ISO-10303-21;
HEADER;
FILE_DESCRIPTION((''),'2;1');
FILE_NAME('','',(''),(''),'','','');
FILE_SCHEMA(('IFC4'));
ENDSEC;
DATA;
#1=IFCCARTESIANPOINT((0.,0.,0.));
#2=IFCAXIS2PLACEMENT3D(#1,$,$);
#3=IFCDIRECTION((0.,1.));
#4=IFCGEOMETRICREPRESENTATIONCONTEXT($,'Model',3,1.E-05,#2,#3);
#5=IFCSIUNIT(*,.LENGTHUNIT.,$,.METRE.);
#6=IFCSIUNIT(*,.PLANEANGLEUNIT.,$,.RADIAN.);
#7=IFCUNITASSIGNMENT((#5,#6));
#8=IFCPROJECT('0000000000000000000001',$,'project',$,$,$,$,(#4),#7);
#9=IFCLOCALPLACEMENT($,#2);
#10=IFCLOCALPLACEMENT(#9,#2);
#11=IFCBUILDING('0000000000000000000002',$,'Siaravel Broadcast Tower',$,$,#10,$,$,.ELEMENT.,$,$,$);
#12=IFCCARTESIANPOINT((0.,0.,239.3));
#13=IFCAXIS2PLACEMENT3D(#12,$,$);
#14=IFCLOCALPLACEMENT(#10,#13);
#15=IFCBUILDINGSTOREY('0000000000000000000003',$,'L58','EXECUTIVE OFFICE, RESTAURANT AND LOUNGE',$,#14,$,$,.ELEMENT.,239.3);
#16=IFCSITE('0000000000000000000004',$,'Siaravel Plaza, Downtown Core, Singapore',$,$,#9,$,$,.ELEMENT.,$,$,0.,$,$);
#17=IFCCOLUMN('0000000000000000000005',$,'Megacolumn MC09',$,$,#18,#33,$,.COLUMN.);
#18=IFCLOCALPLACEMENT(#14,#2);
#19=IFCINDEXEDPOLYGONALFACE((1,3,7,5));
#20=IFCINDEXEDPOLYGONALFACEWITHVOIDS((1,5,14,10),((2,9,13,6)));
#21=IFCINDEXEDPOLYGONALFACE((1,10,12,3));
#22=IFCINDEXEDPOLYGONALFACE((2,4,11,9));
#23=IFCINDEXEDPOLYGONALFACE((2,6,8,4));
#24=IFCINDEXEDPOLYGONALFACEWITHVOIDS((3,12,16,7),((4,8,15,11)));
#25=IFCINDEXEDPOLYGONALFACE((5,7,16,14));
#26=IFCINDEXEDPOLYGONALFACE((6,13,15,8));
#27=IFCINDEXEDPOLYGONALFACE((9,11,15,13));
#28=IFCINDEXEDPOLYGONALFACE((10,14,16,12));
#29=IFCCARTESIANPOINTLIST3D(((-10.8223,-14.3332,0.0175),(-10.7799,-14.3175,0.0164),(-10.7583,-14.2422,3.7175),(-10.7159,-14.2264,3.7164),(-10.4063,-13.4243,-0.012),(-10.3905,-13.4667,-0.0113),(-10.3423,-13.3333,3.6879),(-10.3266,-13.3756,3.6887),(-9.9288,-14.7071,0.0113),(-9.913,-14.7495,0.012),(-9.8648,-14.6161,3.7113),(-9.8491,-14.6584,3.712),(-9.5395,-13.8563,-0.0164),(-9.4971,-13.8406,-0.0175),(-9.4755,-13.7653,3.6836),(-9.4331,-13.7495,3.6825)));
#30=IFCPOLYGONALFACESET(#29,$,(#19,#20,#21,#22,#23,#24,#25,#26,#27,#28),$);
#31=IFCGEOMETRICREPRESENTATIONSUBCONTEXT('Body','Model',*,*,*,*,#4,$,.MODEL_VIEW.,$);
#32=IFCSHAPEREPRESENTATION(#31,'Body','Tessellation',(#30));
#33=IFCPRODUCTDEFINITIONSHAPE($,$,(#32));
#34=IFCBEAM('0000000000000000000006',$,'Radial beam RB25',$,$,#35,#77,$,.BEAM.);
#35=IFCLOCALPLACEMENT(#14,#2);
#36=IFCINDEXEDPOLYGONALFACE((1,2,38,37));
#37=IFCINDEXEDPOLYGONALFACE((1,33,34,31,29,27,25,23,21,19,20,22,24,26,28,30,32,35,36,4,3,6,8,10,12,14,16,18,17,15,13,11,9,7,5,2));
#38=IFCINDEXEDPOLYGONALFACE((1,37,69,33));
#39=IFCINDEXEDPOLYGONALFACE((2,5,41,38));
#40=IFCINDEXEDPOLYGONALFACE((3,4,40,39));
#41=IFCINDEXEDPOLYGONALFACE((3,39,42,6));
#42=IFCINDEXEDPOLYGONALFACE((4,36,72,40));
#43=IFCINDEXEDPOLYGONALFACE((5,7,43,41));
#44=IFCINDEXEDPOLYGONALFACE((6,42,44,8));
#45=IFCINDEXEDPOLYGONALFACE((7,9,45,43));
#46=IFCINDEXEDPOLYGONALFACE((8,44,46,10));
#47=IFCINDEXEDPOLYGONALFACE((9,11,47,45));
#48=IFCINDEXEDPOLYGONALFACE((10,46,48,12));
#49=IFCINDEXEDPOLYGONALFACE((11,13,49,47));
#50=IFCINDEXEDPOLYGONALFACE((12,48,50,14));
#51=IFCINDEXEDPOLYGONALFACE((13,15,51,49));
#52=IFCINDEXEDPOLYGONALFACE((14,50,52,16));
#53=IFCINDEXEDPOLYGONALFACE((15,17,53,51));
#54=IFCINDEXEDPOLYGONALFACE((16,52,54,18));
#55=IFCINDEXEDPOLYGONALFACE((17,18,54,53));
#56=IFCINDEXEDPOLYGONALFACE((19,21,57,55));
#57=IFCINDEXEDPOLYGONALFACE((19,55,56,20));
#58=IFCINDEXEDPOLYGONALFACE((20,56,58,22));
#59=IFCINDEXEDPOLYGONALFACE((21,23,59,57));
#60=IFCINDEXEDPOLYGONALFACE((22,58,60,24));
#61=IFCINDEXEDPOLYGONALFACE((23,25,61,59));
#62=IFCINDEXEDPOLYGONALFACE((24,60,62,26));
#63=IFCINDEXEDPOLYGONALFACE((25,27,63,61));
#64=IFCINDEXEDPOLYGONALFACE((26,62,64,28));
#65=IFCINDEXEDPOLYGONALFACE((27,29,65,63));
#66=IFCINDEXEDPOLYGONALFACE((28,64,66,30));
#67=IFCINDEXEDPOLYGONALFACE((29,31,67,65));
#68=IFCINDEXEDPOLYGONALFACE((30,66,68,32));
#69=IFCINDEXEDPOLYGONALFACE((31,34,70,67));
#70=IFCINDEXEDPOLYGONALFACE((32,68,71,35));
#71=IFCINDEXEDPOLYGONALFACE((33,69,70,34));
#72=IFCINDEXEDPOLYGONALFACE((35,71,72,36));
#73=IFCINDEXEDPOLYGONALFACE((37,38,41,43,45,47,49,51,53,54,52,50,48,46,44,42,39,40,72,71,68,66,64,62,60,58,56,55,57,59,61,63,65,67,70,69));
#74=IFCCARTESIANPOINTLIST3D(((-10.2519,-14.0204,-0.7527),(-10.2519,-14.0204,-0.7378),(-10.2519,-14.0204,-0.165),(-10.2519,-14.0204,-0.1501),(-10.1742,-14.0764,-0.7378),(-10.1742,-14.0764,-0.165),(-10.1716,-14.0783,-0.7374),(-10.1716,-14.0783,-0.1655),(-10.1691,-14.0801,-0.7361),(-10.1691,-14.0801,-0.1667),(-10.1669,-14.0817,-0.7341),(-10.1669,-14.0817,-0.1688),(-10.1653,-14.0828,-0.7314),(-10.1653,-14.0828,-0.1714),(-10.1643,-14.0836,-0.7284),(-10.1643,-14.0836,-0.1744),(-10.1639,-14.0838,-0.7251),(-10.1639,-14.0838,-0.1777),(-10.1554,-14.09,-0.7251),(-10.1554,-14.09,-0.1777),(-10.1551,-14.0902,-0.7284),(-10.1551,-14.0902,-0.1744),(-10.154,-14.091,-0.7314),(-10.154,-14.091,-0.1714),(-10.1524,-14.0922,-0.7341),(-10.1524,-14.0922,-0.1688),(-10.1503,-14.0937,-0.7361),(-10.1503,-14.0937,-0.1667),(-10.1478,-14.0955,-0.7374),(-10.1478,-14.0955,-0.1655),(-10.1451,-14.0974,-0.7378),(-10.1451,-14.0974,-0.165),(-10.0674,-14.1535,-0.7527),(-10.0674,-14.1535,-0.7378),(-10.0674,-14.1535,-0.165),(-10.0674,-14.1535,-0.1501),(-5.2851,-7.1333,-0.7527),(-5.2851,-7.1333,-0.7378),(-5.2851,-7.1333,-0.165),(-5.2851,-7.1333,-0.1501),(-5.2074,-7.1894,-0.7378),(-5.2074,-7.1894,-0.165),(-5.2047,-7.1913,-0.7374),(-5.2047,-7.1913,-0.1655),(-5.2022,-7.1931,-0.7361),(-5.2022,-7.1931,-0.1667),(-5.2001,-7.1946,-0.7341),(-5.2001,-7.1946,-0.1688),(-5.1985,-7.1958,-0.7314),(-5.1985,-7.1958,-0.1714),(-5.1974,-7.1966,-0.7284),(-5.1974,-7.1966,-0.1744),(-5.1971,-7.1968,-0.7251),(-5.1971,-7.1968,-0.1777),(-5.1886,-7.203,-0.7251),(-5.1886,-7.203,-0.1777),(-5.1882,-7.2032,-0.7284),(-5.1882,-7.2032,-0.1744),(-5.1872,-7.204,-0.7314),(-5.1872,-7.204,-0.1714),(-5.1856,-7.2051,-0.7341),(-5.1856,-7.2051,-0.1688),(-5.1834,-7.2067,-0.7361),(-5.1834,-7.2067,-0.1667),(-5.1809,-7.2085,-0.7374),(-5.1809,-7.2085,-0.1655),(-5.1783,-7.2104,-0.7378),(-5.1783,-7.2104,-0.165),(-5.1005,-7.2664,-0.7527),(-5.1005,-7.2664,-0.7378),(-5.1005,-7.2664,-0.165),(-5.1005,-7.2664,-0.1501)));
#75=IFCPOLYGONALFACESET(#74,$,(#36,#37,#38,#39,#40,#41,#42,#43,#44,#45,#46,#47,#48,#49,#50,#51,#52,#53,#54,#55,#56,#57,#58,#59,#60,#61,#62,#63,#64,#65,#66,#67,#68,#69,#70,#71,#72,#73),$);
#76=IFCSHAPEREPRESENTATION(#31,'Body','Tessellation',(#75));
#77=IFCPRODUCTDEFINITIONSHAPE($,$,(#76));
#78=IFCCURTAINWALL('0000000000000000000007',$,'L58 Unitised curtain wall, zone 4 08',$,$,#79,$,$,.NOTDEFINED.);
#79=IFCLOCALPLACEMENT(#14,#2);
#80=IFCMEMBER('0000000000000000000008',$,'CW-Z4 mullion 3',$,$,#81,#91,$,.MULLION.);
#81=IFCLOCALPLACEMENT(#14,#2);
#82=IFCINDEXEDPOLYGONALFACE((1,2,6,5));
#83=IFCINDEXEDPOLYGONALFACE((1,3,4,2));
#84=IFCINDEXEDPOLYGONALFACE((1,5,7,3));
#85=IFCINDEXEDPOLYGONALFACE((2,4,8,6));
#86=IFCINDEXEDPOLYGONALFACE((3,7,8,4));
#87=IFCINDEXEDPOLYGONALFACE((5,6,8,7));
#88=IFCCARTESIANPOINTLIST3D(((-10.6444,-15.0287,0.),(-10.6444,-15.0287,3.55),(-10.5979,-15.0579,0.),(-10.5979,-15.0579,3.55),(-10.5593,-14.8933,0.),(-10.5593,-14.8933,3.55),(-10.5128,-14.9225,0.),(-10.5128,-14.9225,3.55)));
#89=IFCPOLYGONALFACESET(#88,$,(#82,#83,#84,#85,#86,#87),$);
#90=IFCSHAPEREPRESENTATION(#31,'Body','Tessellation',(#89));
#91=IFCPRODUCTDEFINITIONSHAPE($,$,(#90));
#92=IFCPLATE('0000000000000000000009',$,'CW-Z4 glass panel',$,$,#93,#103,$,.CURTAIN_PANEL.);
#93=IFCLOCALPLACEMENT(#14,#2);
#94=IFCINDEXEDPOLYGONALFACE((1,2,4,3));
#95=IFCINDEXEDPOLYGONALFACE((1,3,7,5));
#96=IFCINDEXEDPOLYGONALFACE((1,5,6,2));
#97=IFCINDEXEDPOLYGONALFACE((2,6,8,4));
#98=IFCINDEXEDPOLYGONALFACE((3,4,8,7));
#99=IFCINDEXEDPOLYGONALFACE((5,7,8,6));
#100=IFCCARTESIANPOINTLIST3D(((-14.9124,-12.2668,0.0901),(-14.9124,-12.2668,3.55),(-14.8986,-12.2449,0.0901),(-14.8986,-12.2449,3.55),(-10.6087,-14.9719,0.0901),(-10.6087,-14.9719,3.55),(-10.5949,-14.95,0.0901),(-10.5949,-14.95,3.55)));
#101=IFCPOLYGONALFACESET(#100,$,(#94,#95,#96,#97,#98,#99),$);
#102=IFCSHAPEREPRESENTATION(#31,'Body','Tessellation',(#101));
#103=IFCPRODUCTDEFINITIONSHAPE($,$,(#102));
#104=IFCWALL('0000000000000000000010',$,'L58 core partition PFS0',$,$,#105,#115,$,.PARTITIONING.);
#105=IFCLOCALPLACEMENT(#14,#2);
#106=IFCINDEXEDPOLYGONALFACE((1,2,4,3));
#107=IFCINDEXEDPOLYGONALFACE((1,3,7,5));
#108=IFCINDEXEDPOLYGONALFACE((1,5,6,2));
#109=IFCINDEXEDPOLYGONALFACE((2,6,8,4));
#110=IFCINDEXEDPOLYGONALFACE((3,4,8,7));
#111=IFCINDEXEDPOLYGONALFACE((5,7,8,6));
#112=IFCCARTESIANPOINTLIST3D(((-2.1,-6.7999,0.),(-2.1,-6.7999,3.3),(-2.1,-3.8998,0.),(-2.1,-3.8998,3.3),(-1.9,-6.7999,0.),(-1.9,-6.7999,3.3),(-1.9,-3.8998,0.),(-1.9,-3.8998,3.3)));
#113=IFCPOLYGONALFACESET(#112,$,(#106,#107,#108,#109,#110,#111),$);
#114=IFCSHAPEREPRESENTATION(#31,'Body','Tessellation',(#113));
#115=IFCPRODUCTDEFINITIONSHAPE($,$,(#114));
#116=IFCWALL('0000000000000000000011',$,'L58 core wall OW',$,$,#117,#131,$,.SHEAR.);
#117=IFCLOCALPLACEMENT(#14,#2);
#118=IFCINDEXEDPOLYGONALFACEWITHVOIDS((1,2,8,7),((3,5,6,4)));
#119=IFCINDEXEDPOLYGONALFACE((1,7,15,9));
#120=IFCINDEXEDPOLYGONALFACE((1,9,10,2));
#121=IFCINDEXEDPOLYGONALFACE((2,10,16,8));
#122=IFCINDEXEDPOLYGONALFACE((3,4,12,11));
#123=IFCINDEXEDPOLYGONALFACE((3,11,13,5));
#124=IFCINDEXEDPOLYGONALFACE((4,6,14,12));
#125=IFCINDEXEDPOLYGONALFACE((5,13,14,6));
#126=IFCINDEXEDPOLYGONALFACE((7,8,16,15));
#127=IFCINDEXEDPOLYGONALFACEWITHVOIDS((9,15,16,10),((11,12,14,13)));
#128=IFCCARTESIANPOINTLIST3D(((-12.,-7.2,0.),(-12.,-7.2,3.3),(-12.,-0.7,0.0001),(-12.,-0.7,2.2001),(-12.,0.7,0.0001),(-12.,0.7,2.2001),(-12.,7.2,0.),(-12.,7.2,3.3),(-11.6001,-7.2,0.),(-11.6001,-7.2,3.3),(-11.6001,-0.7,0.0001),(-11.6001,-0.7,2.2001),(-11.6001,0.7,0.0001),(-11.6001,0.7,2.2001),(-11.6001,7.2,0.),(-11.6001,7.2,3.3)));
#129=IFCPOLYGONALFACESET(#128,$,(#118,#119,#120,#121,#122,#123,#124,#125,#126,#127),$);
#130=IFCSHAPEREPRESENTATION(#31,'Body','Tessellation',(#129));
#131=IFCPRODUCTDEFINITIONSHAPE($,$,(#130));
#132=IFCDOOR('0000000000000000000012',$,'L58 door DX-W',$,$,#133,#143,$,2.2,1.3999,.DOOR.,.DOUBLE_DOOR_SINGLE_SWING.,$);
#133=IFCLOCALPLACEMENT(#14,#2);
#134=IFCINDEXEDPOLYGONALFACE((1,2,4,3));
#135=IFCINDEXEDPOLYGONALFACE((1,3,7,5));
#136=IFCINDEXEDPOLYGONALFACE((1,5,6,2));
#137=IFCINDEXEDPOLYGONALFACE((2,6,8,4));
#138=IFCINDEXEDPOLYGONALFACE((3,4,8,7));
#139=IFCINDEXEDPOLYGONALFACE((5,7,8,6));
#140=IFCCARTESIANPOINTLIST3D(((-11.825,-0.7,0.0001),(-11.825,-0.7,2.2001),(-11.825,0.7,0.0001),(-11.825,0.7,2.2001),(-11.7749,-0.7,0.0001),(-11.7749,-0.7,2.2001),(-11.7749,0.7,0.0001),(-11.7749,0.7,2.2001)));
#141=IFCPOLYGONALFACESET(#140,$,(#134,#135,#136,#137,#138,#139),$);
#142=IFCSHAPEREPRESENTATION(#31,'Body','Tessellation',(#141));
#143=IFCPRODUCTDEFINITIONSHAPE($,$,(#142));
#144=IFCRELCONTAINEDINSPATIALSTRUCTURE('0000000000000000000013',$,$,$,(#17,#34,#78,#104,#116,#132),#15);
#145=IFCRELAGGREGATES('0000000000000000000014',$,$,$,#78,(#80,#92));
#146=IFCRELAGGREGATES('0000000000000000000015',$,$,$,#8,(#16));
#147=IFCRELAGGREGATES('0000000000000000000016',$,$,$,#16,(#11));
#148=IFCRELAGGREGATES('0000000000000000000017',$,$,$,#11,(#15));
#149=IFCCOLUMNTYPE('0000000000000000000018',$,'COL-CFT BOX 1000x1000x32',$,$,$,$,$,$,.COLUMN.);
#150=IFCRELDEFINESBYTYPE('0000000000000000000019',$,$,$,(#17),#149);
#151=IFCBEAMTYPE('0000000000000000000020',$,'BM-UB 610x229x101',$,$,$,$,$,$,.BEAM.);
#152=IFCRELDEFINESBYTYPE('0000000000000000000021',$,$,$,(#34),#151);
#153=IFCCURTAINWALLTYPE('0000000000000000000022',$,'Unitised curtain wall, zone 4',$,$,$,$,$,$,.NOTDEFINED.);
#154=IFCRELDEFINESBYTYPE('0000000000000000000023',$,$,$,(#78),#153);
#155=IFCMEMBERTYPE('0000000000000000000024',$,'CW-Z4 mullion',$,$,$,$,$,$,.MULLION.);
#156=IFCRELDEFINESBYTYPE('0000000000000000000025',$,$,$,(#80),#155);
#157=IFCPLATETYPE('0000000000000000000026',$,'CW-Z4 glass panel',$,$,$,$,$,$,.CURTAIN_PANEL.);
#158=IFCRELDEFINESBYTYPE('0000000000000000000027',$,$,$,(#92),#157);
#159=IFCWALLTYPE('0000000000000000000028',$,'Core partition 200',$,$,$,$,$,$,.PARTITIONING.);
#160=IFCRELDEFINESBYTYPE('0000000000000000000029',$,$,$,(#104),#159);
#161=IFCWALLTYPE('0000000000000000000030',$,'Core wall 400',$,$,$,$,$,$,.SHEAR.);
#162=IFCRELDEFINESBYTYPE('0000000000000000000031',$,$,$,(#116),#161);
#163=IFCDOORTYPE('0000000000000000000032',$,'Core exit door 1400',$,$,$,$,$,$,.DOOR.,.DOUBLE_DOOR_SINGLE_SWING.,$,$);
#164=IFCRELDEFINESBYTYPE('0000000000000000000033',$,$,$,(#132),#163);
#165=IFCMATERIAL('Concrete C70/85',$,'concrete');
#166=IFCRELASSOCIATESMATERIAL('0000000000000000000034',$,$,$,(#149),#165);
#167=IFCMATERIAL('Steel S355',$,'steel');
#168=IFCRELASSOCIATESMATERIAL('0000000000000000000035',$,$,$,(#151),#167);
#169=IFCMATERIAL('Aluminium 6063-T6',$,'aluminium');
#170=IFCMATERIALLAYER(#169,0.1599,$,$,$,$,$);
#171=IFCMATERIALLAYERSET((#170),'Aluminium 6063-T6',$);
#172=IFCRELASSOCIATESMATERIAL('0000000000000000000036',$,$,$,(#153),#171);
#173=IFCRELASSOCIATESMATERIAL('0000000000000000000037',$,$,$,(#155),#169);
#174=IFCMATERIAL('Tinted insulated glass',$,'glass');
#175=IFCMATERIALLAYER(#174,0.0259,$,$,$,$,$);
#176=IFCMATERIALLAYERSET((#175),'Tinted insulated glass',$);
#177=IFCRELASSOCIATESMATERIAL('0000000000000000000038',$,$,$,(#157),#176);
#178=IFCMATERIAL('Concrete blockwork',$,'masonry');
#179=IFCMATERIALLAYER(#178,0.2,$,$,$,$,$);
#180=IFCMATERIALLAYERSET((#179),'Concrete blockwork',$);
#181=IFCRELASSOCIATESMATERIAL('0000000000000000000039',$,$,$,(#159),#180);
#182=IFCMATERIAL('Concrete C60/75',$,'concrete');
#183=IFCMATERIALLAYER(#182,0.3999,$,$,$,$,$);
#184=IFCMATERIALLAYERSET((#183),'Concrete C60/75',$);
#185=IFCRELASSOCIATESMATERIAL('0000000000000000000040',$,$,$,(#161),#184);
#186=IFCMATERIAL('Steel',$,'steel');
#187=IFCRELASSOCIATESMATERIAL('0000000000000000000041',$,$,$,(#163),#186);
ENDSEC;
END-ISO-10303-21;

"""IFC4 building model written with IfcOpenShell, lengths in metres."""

from ifc_helpers import new_model, si_unit, direction, frame, frame_2d, origin, origin_2d, place, context, subcontext, project, spatial, rectangle, hollow_rectangle, i_section, extrude, material, layer, layer_set, material_profile, profile_set, type_object, element, fill, aggregate, save


model = new_model("IFC4")

# Units and contexts
model_context = context("Model", 3, precision=1e-05, world=origin(), true_north=direction((0.0, 1.0)))
body_context = subcontext(model_context, "Body", "Model", "MODEL_VIEW")
ifc_project = project(units=[si_unit("LENGTHUNIT", "METRE"), si_unit("PLANEANGLEUNIT", "RADIAN")], contexts=[model_context])

# Site, building, storey
site_placement = place(None, origin())
site = spatial("IfcSite", under=ifc_project, at=site_placement, Name="Siaravel Plaza, Downtown Core, Singapore", CompositionType="ELEMENT", RefElevation=0.0)
building_placement = place(site_placement, origin())
building = spatial("IfcBuilding", under=site, at=building_placement, Name="Siaravel Broadcast Tower", CompositionType="ELEMENT")
storey_placement = place(building_placement, frame((0.0, 0.0, 239.3)))
storey = spatial("IfcBuildingStorey", under=building, at=storey_placement, Name="L58", Description="EXECUTIVE OFFICE, RESTAURANT AND LOUNGE", CompositionType="ELEMENT", Elevation=239.3)

# Column
ifc_material_1 = material(Name="Concrete C70/85", Category="concrete")
ifc_material_profile_1 = material_profile(ifc_material_1, hollow_rectangle(XDim=1.0, YDim=1.0, WallThickness=0.032, at=origin_2d()))
ifc_profile_set_1 = profile_set([ifc_material_profile_1], Name="Concrete C70/85")
column_type = type_object("IfcColumnType", Name="COL-CFT BOX 1000x1000x32", PredefinedType="COLUMN", material=ifc_profile_set_1)
column_placement = place(storey_placement, frame((-10.1597, -14.0869, 0.0), z_axis=(0.01728, 0.024601, 0.999548), x_axis=(-0.909227, 0.416264, 0.005474)))
element("IfcColumn", 1, at=column_placement, inside=storey, type_object=column_type, Name="Megacolumn MC09", PredefinedType="COLUMN", context=body_context, shape_type="SweptSolid", body=[
    extrude(hollow_rectangle(XDim=1.0, YDim=1.0, WallThickness=0.032, at=origin_2d()), origin(), (0.0, 0.0, 1.0), 3.7017),
])

# Beam
ifc_material_2 = material(Name="Steel S355", Category="steel")
ifc_material_profile_2 = material_profile(ifc_material_2, i_section(OverallWidth=0.2275, OverallDepth=0.6025, WebThickness=0.0105, FlangeThickness=0.0149, FilletRadius=0.0127, at=origin_2d()))
ifc_profile_set_2 = profile_set([ifc_material_profile_2], Name="Steel S355")
beam_type = type_object("IfcBeamType", Name="BM-UB 610x229x101", PredefinedType="BEAM", material=ifc_profile_set_2)
beam_placement = place(storey_placement, frame((-10.1597, -14.0869, -0.4514), z_axis=(0.584939, 0.811077, 0.0), x_axis=(-0.811077, 0.584939, 0.0)))
element("IfcBeam", 2, at=beam_placement, inside=storey, type_object=beam_type, Name="Radial beam RB25", PredefinedType="BEAM", context=body_context, shape_type="SweptSolid", body=[
    extrude(i_section(OverallWidth=0.2275, OverallDepth=0.6025, WebThickness=0.0105, FlangeThickness=0.0149, FilletRadius=0.0127, at=origin_2d()), origin(), (0.0, 0.0, 1.0), 8.4912),
])

# Curtain wall, member, plate
ifc_material_3 = material(Name="Aluminium 6063-T6", Category="aluminium")
ifc_layer_1 = layer(ifc_material_3, 0.1599)
ifc_layer_set_1 = layer_set([ifc_layer_1], Name="Aluminium 6063-T6")
curtain_wall_type = type_object("IfcCurtainWallType", Name="Unitised curtain wall, zone 4", PredefinedType="NOTDEFINED", material=ifc_layer_set_1)
curtain_wall_placement = place(storey_placement, origin())
curtain_wall = element("IfcCurtainWall", 3, at=curtain_wall_placement, inside=storey, type_object=curtain_wall_type, Name="L58 Unitised curtain wall, zone 4 08", PredefinedType="NOTDEFINED")
ifc_material_profile_3 = material_profile(ifc_material_3, rectangle(XDim=0.1599, YDim=0.0549, at=origin_2d()))
ifc_profile_set_3 = profile_set([ifc_material_profile_3], Name="Aluminium 6063-T6")
member_type = type_object("IfcMemberType", Name="CW-Z4 mullion", PredefinedType="MULLION", material=ifc_profile_set_3)
member_placement = place(storey_placement, frame((-10.5786, -14.9756, 0.0), z_axis=(0.0, 0.0, 1.0), x_axis=(0.53215, 0.84665, 0.0)))
member = element("IfcMember", 4, at=member_placement, type_object=member_type, Name="CW-Z4 mullion 3", PredefinedType="MULLION", context=body_context, shape_type="SweptSolid", body=[
    extrude(rectangle(XDim=0.1599, YDim=0.0549, at=origin_2d()), origin(), (0.0, 0.0, 1.0), 3.55),
])
ifc_material_4 = material(Name="Tinted insulated glass", Category="glass")
ifc_layer_2 = layer(ifc_material_4, 0.0259)
ifc_layer_set_2 = layer_set([ifc_layer_2], Name="Tinted insulated glass")
plate_type = type_object("IfcPlateType", Name="CW-Z4 glass panel", PredefinedType="CURTAIN_PANEL", material=ifc_layer_set_2)
plate_placement = place(storey_placement, frame((-12.7537, -13.6084, 0.0901), z_axis=(0.0, 0.0, 1.0), x_axis=(0.84665, -0.53215, 0.0)))
plate = element("IfcPlate", 5, at=plate_placement, type_object=plate_type, Name="CW-Z4 glass panel", PredefinedType="CURTAIN_PANEL", context=body_context, shape_type="SweptSolid", body=[
    extrude(rectangle(XDim=5.0833, YDim=0.0259, at=origin_2d()), origin(), (0.0, 0.0, 1.0), 3.46),
])
aggregate(curtain_wall, [member, plate])

# Wall
ifc_material_5 = material(Name="Concrete blockwork", Category="masonry")
ifc_layer_3 = layer(ifc_material_5, 0.2)
ifc_layer_set_3 = layer_set([ifc_layer_3], Name="Concrete blockwork")
wall_type_1 = type_object("IfcWallType", Name="Core partition 200", PredefinedType="PARTITIONING", material=ifc_layer_set_3)
wall_1_placement = place(storey_placement, frame((-2.0, -6.8, 0.0), z_axis=(0.0, 0.0, 1.0), x_axis=(0.0, 1.0, 0.0)))
element("IfcWall", 6, at=wall_1_placement, inside=storey, type_object=wall_type_1, Name="L58 core partition PFS0", PredefinedType="PARTITIONING", context=body_context, shape_type="SweptSolid", body=[
    extrude(rectangle(XDim=2.9001, YDim=0.2, at=frame_2d((1.4502, 0.0))), origin(), (0.0, 0.0, 1.0), 3.3),
])

# Wall, opening, door
ifc_material_6 = material(Name="Concrete C60/75", Category="concrete")
ifc_layer_4 = layer(ifc_material_6, 0.3999)
ifc_layer_set_4 = layer_set([ifc_layer_4], Name="Concrete C60/75")
wall_type_2 = type_object("IfcWallType", Name="Core wall 400", PredefinedType="SHEAR", material=ifc_layer_set_4)
wall_2_placement = place(storey_placement, frame((-11.8, -7.2, 0.0), z_axis=(0.0, 0.0, 1.0), x_axis=(0.0, 1.0, 0.0)))
wall_2 = element("IfcWall", 7, at=wall_2_placement, inside=storey, type_object=wall_type_2, Name="L58 core wall OW", PredefinedType="SHEAR", context=body_context, shape_type="SweptSolid", body=[
    extrude(rectangle(XDim=14.3999, YDim=0.3999, at=frame_2d((7.2, 0.0))), origin(), (0.0, 0.0, 1.0), 3.3),
])
opening_1_placement = place(wall_2_placement, frame((6.5, 0.0, 0.0)))
opening_1 = element("IfcOpeningElement", 8, at=opening_1_placement, cuts=wall_2, PredefinedType="OPENING", context=body_context, shape_type="SweptSolid", body=[
    extrude(rectangle(XDim=1.3999, YDim=2.2, at=frame_2d((0.7, 1.1001))), frame((0.0, 0.21, 0.0), z_axis=(0.0, -1.0, 0.0), x_axis=(1.0, 0.0, 0.0)), (0.0, 0.0, 1.0), 0.4199),
])
ifc_material_7 = material(Name="Steel", Category="steel")
door_type_1 = type_object("IfcDoorType", Name="Core exit door 1400", OperationType="DOUBLE_DOOR_SINGLE_SWING", PredefinedType="DOOR", material=ifc_material_7)
door_1_placement = place(opening_1_placement, origin())
door_1 = element("IfcDoor", 9, at=door_1_placement, inside=storey, type_object=door_type_1, Name="L58 door DX-W", OperationType="DOUBLE_DOOR_SINGLE_SWING", OverallHeight=2.2, OverallWidth=1.3999, PredefinedType="DOOR", context=body_context, shape_type="SweptSolid", body=[
    extrude(rectangle(XDim=1.3999, YDim=2.2, at=frame_2d((0.7, 1.1001))), frame((0.0, 0.0249, 0.0), z_axis=(0.0, -1.0, 0.0), x_axis=(1.0, 0.0, 0.0)), (0.0, 0.0, 1.0), 0.05),
])
fill(opening_1, door_1)

save(model, "model.ifc")
